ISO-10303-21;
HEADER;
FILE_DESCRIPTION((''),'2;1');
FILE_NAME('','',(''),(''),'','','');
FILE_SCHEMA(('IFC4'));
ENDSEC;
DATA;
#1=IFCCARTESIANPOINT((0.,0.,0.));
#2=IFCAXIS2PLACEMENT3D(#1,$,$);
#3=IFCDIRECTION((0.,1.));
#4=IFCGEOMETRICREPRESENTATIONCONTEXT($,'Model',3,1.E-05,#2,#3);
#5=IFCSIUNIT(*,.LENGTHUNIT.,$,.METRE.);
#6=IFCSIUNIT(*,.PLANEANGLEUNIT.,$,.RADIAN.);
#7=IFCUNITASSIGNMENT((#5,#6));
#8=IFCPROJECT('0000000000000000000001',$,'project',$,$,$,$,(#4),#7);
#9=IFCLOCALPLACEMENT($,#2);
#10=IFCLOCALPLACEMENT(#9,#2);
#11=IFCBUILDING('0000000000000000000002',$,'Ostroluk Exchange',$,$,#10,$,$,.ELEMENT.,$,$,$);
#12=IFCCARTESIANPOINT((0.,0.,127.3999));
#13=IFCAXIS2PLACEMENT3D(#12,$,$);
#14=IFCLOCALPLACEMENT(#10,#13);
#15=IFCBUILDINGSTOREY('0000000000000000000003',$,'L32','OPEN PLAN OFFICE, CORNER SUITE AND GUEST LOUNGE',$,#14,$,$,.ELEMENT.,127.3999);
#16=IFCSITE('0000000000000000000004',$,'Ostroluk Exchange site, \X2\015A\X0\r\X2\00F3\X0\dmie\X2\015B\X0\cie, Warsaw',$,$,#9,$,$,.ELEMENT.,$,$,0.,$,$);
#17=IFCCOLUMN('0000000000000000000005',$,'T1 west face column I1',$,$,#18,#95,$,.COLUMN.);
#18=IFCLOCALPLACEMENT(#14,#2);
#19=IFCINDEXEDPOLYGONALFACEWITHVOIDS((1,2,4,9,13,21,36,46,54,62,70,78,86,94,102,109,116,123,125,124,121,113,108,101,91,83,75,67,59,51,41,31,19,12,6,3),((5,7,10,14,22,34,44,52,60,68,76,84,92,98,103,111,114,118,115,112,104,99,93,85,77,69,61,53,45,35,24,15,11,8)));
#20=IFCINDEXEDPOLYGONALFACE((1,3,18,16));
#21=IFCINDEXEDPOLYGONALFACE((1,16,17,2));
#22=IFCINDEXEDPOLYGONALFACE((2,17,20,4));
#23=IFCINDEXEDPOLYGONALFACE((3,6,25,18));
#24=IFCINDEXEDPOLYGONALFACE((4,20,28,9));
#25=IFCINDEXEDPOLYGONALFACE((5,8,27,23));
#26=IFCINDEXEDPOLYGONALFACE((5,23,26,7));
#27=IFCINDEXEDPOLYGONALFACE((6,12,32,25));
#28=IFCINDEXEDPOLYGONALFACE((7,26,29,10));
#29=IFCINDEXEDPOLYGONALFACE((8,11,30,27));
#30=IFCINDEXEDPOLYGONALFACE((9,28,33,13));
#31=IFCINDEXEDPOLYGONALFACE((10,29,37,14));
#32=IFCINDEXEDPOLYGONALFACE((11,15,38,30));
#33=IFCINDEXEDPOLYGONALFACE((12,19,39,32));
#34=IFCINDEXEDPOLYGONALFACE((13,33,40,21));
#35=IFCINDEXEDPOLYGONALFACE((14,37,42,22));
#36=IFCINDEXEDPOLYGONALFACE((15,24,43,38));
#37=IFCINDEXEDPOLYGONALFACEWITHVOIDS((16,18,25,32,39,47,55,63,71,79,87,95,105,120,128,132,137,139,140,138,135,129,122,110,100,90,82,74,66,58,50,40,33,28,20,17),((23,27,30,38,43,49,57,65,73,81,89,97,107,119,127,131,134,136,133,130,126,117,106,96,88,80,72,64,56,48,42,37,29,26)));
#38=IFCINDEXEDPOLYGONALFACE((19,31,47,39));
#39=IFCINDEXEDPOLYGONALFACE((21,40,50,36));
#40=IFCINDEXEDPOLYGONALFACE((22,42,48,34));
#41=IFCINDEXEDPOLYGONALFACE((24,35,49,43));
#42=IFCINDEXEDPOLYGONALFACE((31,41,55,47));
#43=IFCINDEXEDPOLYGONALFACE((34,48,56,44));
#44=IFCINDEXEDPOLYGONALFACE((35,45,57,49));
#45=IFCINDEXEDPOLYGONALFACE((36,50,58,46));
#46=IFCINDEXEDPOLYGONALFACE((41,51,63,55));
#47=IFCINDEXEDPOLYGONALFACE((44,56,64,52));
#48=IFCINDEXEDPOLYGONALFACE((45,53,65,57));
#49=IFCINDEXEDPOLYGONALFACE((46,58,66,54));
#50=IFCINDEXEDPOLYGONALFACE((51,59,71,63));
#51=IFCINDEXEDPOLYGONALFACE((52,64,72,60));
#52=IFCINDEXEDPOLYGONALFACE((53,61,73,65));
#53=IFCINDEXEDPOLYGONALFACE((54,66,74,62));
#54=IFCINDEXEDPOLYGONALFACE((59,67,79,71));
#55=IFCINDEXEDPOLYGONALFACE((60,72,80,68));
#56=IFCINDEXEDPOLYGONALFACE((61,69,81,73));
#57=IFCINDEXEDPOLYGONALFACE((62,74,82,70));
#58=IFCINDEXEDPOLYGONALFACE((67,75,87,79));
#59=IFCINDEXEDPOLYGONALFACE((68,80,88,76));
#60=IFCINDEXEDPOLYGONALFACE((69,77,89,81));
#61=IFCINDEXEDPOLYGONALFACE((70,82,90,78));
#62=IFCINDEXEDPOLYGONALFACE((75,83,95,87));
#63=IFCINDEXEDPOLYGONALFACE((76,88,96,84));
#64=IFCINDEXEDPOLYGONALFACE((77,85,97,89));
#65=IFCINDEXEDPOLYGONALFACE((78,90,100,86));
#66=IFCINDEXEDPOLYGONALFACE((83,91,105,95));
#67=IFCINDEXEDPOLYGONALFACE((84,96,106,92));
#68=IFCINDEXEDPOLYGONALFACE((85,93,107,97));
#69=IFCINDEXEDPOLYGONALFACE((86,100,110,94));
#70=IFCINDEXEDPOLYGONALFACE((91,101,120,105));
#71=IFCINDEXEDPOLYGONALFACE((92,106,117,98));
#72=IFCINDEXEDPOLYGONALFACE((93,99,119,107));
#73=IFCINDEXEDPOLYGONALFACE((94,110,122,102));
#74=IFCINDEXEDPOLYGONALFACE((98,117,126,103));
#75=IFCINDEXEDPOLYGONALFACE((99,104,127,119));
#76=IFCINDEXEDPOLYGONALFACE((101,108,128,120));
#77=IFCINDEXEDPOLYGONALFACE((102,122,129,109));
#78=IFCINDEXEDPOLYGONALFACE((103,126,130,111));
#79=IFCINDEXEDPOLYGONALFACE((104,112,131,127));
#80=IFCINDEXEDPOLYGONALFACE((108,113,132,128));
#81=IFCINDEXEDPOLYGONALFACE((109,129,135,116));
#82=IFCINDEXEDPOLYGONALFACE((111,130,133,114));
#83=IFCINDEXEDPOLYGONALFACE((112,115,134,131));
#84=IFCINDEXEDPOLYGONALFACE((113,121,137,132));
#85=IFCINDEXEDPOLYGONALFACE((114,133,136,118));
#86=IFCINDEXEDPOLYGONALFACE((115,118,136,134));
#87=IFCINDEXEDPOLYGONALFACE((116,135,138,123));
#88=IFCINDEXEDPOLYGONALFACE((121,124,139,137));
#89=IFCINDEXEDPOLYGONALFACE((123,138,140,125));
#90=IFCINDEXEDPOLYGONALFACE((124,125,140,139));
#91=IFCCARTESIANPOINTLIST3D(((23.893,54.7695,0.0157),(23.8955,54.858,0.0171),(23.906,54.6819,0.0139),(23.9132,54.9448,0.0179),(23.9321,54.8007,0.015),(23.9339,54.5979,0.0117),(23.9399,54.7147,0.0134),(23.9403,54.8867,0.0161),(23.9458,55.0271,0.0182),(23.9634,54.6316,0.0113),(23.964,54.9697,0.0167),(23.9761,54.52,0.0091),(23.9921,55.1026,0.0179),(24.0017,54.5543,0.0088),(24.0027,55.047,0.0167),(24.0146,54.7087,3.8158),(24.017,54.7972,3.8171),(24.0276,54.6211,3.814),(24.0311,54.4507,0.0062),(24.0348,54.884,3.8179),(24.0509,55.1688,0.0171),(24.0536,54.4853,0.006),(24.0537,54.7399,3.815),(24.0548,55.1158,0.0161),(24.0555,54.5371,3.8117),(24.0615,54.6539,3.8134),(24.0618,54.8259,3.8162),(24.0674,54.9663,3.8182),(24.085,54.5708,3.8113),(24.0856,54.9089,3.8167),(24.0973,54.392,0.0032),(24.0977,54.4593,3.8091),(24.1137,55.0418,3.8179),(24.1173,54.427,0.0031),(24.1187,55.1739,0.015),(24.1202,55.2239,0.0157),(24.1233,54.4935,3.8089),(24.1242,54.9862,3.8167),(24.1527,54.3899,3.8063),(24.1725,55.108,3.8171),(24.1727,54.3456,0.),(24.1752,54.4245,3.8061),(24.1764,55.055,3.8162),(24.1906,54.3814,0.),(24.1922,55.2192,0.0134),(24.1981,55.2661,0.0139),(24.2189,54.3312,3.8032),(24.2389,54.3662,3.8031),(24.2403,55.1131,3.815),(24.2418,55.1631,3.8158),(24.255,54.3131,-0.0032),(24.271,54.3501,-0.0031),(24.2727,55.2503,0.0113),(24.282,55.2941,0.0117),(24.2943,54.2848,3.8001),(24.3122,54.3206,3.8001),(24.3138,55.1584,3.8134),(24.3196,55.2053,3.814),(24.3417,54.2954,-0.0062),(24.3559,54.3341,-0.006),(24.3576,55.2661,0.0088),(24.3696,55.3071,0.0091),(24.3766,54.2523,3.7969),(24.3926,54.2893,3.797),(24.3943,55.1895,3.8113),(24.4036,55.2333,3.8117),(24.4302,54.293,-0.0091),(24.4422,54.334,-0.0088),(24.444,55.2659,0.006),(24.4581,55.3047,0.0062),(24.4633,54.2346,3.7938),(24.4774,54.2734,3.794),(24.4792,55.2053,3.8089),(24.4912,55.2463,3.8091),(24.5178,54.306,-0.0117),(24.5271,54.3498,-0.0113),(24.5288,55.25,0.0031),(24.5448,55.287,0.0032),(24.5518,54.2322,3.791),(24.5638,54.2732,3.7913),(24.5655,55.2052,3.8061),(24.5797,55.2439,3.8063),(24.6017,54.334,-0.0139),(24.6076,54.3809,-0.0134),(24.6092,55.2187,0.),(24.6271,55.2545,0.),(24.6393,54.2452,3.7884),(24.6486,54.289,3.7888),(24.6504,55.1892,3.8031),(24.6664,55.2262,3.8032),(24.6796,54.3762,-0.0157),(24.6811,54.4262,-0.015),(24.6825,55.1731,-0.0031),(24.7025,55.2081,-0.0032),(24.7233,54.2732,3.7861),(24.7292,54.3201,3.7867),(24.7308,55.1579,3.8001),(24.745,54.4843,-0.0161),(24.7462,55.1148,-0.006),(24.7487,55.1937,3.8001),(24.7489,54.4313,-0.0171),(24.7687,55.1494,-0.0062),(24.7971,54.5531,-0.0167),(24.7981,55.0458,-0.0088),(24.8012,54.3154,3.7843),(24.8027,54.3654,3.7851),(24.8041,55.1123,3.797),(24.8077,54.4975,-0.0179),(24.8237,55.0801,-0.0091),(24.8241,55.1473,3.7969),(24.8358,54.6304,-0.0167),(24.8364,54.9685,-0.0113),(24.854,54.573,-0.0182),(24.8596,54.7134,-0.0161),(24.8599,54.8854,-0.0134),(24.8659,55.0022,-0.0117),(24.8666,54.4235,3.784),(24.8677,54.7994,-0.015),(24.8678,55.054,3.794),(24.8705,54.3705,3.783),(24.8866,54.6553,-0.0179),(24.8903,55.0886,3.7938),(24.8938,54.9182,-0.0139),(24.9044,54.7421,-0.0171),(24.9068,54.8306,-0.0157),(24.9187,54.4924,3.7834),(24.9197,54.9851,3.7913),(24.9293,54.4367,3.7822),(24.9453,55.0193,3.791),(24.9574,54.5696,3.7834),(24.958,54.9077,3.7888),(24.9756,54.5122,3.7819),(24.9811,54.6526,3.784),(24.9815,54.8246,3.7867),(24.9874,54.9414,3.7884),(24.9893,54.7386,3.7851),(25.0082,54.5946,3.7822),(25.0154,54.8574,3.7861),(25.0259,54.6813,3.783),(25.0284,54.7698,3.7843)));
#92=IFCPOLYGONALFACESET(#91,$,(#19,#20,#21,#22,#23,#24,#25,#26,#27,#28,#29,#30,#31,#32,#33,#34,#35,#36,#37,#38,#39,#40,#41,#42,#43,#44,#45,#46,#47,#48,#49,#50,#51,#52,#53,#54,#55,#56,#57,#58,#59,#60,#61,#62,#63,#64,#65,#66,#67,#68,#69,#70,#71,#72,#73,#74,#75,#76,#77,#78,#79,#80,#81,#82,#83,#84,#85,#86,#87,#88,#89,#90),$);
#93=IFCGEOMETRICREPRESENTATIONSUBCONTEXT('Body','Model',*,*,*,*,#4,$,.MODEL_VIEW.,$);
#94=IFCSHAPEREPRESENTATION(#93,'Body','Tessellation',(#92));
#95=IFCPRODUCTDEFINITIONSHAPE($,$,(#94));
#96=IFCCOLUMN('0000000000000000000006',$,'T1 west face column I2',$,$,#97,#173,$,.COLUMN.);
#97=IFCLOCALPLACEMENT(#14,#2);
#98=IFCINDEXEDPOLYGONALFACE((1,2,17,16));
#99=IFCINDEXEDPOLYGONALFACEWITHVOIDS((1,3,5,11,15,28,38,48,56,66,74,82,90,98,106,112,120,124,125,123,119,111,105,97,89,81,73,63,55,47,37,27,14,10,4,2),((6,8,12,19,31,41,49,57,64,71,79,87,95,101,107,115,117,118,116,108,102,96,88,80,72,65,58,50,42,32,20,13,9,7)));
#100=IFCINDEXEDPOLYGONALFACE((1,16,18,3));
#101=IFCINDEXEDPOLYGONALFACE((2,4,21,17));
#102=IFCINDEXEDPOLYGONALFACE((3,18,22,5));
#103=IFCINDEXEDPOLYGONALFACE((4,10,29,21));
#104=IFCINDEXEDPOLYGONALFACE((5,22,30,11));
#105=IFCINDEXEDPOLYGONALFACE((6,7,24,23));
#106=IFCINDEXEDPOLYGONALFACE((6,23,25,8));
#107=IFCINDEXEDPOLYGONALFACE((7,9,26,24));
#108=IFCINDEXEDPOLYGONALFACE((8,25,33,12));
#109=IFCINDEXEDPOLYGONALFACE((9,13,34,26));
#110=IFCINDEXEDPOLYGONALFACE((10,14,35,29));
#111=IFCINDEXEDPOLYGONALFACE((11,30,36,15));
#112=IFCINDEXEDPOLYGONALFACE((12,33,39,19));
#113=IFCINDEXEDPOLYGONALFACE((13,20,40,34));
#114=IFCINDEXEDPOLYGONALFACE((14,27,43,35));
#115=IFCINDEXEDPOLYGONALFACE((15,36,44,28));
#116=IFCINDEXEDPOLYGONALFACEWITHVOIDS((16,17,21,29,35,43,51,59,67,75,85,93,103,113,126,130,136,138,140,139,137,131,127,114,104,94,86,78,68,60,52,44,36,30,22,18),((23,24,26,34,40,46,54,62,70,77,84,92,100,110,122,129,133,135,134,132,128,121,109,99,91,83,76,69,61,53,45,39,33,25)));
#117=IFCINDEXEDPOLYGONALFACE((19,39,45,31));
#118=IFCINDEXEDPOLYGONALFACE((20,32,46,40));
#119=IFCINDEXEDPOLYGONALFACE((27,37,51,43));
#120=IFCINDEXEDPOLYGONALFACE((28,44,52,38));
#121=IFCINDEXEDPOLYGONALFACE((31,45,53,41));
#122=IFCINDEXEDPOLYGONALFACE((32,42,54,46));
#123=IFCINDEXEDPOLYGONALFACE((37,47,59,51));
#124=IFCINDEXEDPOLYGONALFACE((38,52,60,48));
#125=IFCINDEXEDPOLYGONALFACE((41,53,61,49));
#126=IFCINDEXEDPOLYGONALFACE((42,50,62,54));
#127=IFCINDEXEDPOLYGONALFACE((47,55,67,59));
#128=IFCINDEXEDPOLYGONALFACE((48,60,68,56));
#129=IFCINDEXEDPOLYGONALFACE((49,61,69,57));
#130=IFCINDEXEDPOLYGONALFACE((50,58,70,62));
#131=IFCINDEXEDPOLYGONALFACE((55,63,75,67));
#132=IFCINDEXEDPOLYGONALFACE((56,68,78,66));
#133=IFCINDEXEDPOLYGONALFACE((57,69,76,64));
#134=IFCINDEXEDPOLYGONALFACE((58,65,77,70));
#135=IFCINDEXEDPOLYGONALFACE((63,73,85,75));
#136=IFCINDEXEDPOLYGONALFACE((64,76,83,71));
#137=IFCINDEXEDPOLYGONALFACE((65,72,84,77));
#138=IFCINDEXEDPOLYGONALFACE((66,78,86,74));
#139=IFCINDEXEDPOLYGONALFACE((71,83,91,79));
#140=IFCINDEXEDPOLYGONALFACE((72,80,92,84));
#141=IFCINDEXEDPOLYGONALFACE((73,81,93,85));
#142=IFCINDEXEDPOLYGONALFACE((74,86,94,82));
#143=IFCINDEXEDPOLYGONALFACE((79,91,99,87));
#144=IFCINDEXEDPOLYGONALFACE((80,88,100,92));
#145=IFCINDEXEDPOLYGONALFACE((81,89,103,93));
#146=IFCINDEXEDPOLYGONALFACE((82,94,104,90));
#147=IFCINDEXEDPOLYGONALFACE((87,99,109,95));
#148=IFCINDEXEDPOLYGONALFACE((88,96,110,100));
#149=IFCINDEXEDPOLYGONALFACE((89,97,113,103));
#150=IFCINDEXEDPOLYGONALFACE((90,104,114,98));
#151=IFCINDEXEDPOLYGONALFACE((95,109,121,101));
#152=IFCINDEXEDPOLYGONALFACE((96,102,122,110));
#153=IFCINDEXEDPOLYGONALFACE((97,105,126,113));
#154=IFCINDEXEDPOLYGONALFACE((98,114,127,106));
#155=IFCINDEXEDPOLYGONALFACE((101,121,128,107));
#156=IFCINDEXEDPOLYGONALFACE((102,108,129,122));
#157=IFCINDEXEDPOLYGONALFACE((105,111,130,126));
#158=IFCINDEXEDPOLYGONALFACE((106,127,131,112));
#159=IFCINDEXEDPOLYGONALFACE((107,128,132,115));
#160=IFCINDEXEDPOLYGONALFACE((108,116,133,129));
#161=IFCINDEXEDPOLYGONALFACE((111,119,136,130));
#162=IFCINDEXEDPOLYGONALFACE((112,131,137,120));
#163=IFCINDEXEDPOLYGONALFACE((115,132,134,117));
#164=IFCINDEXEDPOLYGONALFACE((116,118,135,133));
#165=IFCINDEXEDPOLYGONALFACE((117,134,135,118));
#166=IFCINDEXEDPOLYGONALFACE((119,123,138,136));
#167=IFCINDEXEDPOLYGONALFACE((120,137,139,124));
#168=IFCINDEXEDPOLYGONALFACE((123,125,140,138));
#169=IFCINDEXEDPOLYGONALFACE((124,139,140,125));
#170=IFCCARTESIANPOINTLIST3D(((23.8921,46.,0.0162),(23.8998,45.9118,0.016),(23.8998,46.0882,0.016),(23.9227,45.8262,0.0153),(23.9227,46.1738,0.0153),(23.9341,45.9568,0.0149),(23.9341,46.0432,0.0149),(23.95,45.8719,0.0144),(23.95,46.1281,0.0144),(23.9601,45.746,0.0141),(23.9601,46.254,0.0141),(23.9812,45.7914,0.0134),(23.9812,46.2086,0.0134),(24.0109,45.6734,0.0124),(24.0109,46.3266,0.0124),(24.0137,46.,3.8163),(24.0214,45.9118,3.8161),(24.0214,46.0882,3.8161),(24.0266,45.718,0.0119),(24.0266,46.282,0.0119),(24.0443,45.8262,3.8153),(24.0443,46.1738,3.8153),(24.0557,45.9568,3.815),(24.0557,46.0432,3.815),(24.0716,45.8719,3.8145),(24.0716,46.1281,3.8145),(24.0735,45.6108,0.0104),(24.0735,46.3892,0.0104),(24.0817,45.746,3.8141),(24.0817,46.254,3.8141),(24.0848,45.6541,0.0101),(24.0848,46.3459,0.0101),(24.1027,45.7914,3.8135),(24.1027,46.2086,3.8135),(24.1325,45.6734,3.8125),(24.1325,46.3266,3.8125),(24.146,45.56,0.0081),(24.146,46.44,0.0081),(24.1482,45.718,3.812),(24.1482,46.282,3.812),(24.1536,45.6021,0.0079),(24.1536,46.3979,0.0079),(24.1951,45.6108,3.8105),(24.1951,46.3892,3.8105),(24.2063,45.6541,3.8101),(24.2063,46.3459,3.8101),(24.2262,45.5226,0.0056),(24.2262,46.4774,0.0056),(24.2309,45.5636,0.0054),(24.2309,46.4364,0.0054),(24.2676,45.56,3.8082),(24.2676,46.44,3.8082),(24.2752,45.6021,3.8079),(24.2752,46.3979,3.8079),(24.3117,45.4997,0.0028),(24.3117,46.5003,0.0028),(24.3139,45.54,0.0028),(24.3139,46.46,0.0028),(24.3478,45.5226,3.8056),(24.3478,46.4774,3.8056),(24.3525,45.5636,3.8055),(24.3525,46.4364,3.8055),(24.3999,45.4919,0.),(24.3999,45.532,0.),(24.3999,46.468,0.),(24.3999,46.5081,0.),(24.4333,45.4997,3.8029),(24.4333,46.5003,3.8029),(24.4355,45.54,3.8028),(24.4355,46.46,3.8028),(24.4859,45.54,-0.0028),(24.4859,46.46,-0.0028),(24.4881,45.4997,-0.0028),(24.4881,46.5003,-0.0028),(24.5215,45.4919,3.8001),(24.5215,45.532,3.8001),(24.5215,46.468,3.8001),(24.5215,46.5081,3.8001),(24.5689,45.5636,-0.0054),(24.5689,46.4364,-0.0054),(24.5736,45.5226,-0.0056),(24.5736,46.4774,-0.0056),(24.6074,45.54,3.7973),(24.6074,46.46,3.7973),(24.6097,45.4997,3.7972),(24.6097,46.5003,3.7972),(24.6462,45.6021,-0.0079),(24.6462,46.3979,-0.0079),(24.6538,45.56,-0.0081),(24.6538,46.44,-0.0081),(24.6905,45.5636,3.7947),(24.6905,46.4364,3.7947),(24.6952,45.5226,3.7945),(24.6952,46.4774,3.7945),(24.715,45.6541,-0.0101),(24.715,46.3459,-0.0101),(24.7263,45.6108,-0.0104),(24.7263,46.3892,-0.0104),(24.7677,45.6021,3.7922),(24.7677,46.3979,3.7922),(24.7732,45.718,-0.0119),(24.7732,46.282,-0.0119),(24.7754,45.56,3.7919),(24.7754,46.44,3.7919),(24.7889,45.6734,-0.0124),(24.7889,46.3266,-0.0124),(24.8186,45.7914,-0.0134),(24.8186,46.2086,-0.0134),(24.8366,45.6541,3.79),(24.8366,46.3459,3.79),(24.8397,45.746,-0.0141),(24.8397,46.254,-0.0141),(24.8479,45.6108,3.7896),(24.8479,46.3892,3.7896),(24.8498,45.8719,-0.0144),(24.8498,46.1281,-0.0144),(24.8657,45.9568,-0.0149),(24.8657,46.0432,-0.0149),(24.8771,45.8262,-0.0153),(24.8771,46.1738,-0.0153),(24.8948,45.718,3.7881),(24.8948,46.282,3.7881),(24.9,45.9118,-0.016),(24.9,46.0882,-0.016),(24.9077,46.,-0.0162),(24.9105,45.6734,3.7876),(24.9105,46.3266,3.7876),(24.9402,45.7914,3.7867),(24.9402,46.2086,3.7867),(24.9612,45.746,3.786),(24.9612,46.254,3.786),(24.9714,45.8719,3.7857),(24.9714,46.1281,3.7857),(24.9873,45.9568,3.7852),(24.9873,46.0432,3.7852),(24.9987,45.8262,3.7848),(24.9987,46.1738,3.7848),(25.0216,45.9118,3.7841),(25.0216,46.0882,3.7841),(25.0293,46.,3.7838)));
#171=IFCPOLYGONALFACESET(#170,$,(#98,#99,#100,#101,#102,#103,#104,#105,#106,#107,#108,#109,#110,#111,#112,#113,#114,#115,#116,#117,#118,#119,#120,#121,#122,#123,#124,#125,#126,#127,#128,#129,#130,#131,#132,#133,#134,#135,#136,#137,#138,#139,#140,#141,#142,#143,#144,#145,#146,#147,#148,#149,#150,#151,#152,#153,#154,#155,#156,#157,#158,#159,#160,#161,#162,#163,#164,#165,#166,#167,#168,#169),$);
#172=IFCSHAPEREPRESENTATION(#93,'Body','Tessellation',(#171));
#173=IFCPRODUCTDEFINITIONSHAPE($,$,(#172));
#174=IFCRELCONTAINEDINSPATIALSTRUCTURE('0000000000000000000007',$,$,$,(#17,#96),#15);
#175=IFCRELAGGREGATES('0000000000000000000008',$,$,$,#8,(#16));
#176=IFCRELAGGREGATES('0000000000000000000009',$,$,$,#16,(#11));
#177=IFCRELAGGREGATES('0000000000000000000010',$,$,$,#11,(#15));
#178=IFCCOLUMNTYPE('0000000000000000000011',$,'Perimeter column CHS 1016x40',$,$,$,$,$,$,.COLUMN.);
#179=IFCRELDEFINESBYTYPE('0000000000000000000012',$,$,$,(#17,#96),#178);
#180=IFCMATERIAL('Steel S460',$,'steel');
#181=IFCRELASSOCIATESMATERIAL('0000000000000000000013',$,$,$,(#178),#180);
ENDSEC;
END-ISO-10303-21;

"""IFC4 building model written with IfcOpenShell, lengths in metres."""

from ifc_helpers import new_model, si_unit, direction, frame, origin, origin_2d, place, context, subcontext, project, spatial, hollow_circle, extrude, material, material_profile, profile_set, type_object, element, save


model = new_model("IFC4")

# Units and contexts
model_context = context("Model", 3, precision=1e-05, world=origin(), true_north=direction((0.0, 1.0)))
body_context = subcontext(model_context, "Body", "Model", "MODEL_VIEW")
ifc_project = project(units=[si_unit("LENGTHUNIT", "METRE"), si_unit("PLANEANGLEUNIT", "RADIAN")], contexts=[model_context])

# Site, building, storey
site_placement = place(None, origin())
site = spatial("IfcSite", under=ifc_project, at=site_placement, Name="Ostroluk Exchange site, Śródmieście, Warsaw", CompositionType="ELEMENT", RefElevation=0.0)
building_placement = place(site_placement, origin())
building = spatial("IfcBuilding", under=site, at=building_placement, Name="Ostroluk Exchange", CompositionType="ELEMENT")
storey_placement = place(building_placement, frame((0.0, 0.0, 127.3999)))
storey = spatial("IfcBuildingStorey", under=building, at=storey_placement, Name="L32", Description="OPEN PLAN OFFICE, CORNER SUITE AND GUEST LOUNGE", CompositionType="ELEMENT", Elevation=127.3999)

# Columns
ifc_material_1 = material(Name="Steel S460", Category="steel")
ifc_material_profile_1 = material_profile(ifc_material_1, hollow_circle(Radius=0.5081, WallThickness=0.04, at=origin_2d()), Name="CHS 1016x40")
ifc_profile_set_1 = profile_set([ifc_material_profile_1], Name="Steel S460")
column_type = type_object("IfcColumnType", Name="Perimeter column CHS 1016x40", PredefinedType="COLUMN", material=ifc_profile_set_1)
column_1_placement = place(storey_placement, frame((24.3999, 54.8, 0.0), z_axis=(0.031974, -0.015987, 0.999361), x_axis=(0.447214, 0.894427, 0.0)))
element("IfcColumn", 1, at=column_1_placement, inside=storey, type_object=column_type, Name="T1 west face column I1", PredefinedType="COLUMN", context=body_context, shape_type="SweptSolid", body=[
    extrude(hollow_circle(Radius=0.5081, WallThickness=0.04, at=origin_2d()), origin(), (0.0, 0.0, 1.0), 3.8025),
])
column_2_placement = place(storey_placement, frame((24.3999, 46.0, 0.0), z_axis=(0.031978, 0.0, 0.999489), x_axis=(0.0, 1.0, 0.0)))
element("IfcColumn", 2, at=column_2_placement, inside=storey, type_object=column_type, Name="T1 west face column I2", PredefinedType="COLUMN", context=body_context, shape_type="SweptSolid", body=[
    extrude(hollow_circle(Radius=0.5081, WallThickness=0.04, at=origin_2d()), origin(), (0.0, 0.0, 1.0), 3.802),
])

save(model, "model.ifc")
